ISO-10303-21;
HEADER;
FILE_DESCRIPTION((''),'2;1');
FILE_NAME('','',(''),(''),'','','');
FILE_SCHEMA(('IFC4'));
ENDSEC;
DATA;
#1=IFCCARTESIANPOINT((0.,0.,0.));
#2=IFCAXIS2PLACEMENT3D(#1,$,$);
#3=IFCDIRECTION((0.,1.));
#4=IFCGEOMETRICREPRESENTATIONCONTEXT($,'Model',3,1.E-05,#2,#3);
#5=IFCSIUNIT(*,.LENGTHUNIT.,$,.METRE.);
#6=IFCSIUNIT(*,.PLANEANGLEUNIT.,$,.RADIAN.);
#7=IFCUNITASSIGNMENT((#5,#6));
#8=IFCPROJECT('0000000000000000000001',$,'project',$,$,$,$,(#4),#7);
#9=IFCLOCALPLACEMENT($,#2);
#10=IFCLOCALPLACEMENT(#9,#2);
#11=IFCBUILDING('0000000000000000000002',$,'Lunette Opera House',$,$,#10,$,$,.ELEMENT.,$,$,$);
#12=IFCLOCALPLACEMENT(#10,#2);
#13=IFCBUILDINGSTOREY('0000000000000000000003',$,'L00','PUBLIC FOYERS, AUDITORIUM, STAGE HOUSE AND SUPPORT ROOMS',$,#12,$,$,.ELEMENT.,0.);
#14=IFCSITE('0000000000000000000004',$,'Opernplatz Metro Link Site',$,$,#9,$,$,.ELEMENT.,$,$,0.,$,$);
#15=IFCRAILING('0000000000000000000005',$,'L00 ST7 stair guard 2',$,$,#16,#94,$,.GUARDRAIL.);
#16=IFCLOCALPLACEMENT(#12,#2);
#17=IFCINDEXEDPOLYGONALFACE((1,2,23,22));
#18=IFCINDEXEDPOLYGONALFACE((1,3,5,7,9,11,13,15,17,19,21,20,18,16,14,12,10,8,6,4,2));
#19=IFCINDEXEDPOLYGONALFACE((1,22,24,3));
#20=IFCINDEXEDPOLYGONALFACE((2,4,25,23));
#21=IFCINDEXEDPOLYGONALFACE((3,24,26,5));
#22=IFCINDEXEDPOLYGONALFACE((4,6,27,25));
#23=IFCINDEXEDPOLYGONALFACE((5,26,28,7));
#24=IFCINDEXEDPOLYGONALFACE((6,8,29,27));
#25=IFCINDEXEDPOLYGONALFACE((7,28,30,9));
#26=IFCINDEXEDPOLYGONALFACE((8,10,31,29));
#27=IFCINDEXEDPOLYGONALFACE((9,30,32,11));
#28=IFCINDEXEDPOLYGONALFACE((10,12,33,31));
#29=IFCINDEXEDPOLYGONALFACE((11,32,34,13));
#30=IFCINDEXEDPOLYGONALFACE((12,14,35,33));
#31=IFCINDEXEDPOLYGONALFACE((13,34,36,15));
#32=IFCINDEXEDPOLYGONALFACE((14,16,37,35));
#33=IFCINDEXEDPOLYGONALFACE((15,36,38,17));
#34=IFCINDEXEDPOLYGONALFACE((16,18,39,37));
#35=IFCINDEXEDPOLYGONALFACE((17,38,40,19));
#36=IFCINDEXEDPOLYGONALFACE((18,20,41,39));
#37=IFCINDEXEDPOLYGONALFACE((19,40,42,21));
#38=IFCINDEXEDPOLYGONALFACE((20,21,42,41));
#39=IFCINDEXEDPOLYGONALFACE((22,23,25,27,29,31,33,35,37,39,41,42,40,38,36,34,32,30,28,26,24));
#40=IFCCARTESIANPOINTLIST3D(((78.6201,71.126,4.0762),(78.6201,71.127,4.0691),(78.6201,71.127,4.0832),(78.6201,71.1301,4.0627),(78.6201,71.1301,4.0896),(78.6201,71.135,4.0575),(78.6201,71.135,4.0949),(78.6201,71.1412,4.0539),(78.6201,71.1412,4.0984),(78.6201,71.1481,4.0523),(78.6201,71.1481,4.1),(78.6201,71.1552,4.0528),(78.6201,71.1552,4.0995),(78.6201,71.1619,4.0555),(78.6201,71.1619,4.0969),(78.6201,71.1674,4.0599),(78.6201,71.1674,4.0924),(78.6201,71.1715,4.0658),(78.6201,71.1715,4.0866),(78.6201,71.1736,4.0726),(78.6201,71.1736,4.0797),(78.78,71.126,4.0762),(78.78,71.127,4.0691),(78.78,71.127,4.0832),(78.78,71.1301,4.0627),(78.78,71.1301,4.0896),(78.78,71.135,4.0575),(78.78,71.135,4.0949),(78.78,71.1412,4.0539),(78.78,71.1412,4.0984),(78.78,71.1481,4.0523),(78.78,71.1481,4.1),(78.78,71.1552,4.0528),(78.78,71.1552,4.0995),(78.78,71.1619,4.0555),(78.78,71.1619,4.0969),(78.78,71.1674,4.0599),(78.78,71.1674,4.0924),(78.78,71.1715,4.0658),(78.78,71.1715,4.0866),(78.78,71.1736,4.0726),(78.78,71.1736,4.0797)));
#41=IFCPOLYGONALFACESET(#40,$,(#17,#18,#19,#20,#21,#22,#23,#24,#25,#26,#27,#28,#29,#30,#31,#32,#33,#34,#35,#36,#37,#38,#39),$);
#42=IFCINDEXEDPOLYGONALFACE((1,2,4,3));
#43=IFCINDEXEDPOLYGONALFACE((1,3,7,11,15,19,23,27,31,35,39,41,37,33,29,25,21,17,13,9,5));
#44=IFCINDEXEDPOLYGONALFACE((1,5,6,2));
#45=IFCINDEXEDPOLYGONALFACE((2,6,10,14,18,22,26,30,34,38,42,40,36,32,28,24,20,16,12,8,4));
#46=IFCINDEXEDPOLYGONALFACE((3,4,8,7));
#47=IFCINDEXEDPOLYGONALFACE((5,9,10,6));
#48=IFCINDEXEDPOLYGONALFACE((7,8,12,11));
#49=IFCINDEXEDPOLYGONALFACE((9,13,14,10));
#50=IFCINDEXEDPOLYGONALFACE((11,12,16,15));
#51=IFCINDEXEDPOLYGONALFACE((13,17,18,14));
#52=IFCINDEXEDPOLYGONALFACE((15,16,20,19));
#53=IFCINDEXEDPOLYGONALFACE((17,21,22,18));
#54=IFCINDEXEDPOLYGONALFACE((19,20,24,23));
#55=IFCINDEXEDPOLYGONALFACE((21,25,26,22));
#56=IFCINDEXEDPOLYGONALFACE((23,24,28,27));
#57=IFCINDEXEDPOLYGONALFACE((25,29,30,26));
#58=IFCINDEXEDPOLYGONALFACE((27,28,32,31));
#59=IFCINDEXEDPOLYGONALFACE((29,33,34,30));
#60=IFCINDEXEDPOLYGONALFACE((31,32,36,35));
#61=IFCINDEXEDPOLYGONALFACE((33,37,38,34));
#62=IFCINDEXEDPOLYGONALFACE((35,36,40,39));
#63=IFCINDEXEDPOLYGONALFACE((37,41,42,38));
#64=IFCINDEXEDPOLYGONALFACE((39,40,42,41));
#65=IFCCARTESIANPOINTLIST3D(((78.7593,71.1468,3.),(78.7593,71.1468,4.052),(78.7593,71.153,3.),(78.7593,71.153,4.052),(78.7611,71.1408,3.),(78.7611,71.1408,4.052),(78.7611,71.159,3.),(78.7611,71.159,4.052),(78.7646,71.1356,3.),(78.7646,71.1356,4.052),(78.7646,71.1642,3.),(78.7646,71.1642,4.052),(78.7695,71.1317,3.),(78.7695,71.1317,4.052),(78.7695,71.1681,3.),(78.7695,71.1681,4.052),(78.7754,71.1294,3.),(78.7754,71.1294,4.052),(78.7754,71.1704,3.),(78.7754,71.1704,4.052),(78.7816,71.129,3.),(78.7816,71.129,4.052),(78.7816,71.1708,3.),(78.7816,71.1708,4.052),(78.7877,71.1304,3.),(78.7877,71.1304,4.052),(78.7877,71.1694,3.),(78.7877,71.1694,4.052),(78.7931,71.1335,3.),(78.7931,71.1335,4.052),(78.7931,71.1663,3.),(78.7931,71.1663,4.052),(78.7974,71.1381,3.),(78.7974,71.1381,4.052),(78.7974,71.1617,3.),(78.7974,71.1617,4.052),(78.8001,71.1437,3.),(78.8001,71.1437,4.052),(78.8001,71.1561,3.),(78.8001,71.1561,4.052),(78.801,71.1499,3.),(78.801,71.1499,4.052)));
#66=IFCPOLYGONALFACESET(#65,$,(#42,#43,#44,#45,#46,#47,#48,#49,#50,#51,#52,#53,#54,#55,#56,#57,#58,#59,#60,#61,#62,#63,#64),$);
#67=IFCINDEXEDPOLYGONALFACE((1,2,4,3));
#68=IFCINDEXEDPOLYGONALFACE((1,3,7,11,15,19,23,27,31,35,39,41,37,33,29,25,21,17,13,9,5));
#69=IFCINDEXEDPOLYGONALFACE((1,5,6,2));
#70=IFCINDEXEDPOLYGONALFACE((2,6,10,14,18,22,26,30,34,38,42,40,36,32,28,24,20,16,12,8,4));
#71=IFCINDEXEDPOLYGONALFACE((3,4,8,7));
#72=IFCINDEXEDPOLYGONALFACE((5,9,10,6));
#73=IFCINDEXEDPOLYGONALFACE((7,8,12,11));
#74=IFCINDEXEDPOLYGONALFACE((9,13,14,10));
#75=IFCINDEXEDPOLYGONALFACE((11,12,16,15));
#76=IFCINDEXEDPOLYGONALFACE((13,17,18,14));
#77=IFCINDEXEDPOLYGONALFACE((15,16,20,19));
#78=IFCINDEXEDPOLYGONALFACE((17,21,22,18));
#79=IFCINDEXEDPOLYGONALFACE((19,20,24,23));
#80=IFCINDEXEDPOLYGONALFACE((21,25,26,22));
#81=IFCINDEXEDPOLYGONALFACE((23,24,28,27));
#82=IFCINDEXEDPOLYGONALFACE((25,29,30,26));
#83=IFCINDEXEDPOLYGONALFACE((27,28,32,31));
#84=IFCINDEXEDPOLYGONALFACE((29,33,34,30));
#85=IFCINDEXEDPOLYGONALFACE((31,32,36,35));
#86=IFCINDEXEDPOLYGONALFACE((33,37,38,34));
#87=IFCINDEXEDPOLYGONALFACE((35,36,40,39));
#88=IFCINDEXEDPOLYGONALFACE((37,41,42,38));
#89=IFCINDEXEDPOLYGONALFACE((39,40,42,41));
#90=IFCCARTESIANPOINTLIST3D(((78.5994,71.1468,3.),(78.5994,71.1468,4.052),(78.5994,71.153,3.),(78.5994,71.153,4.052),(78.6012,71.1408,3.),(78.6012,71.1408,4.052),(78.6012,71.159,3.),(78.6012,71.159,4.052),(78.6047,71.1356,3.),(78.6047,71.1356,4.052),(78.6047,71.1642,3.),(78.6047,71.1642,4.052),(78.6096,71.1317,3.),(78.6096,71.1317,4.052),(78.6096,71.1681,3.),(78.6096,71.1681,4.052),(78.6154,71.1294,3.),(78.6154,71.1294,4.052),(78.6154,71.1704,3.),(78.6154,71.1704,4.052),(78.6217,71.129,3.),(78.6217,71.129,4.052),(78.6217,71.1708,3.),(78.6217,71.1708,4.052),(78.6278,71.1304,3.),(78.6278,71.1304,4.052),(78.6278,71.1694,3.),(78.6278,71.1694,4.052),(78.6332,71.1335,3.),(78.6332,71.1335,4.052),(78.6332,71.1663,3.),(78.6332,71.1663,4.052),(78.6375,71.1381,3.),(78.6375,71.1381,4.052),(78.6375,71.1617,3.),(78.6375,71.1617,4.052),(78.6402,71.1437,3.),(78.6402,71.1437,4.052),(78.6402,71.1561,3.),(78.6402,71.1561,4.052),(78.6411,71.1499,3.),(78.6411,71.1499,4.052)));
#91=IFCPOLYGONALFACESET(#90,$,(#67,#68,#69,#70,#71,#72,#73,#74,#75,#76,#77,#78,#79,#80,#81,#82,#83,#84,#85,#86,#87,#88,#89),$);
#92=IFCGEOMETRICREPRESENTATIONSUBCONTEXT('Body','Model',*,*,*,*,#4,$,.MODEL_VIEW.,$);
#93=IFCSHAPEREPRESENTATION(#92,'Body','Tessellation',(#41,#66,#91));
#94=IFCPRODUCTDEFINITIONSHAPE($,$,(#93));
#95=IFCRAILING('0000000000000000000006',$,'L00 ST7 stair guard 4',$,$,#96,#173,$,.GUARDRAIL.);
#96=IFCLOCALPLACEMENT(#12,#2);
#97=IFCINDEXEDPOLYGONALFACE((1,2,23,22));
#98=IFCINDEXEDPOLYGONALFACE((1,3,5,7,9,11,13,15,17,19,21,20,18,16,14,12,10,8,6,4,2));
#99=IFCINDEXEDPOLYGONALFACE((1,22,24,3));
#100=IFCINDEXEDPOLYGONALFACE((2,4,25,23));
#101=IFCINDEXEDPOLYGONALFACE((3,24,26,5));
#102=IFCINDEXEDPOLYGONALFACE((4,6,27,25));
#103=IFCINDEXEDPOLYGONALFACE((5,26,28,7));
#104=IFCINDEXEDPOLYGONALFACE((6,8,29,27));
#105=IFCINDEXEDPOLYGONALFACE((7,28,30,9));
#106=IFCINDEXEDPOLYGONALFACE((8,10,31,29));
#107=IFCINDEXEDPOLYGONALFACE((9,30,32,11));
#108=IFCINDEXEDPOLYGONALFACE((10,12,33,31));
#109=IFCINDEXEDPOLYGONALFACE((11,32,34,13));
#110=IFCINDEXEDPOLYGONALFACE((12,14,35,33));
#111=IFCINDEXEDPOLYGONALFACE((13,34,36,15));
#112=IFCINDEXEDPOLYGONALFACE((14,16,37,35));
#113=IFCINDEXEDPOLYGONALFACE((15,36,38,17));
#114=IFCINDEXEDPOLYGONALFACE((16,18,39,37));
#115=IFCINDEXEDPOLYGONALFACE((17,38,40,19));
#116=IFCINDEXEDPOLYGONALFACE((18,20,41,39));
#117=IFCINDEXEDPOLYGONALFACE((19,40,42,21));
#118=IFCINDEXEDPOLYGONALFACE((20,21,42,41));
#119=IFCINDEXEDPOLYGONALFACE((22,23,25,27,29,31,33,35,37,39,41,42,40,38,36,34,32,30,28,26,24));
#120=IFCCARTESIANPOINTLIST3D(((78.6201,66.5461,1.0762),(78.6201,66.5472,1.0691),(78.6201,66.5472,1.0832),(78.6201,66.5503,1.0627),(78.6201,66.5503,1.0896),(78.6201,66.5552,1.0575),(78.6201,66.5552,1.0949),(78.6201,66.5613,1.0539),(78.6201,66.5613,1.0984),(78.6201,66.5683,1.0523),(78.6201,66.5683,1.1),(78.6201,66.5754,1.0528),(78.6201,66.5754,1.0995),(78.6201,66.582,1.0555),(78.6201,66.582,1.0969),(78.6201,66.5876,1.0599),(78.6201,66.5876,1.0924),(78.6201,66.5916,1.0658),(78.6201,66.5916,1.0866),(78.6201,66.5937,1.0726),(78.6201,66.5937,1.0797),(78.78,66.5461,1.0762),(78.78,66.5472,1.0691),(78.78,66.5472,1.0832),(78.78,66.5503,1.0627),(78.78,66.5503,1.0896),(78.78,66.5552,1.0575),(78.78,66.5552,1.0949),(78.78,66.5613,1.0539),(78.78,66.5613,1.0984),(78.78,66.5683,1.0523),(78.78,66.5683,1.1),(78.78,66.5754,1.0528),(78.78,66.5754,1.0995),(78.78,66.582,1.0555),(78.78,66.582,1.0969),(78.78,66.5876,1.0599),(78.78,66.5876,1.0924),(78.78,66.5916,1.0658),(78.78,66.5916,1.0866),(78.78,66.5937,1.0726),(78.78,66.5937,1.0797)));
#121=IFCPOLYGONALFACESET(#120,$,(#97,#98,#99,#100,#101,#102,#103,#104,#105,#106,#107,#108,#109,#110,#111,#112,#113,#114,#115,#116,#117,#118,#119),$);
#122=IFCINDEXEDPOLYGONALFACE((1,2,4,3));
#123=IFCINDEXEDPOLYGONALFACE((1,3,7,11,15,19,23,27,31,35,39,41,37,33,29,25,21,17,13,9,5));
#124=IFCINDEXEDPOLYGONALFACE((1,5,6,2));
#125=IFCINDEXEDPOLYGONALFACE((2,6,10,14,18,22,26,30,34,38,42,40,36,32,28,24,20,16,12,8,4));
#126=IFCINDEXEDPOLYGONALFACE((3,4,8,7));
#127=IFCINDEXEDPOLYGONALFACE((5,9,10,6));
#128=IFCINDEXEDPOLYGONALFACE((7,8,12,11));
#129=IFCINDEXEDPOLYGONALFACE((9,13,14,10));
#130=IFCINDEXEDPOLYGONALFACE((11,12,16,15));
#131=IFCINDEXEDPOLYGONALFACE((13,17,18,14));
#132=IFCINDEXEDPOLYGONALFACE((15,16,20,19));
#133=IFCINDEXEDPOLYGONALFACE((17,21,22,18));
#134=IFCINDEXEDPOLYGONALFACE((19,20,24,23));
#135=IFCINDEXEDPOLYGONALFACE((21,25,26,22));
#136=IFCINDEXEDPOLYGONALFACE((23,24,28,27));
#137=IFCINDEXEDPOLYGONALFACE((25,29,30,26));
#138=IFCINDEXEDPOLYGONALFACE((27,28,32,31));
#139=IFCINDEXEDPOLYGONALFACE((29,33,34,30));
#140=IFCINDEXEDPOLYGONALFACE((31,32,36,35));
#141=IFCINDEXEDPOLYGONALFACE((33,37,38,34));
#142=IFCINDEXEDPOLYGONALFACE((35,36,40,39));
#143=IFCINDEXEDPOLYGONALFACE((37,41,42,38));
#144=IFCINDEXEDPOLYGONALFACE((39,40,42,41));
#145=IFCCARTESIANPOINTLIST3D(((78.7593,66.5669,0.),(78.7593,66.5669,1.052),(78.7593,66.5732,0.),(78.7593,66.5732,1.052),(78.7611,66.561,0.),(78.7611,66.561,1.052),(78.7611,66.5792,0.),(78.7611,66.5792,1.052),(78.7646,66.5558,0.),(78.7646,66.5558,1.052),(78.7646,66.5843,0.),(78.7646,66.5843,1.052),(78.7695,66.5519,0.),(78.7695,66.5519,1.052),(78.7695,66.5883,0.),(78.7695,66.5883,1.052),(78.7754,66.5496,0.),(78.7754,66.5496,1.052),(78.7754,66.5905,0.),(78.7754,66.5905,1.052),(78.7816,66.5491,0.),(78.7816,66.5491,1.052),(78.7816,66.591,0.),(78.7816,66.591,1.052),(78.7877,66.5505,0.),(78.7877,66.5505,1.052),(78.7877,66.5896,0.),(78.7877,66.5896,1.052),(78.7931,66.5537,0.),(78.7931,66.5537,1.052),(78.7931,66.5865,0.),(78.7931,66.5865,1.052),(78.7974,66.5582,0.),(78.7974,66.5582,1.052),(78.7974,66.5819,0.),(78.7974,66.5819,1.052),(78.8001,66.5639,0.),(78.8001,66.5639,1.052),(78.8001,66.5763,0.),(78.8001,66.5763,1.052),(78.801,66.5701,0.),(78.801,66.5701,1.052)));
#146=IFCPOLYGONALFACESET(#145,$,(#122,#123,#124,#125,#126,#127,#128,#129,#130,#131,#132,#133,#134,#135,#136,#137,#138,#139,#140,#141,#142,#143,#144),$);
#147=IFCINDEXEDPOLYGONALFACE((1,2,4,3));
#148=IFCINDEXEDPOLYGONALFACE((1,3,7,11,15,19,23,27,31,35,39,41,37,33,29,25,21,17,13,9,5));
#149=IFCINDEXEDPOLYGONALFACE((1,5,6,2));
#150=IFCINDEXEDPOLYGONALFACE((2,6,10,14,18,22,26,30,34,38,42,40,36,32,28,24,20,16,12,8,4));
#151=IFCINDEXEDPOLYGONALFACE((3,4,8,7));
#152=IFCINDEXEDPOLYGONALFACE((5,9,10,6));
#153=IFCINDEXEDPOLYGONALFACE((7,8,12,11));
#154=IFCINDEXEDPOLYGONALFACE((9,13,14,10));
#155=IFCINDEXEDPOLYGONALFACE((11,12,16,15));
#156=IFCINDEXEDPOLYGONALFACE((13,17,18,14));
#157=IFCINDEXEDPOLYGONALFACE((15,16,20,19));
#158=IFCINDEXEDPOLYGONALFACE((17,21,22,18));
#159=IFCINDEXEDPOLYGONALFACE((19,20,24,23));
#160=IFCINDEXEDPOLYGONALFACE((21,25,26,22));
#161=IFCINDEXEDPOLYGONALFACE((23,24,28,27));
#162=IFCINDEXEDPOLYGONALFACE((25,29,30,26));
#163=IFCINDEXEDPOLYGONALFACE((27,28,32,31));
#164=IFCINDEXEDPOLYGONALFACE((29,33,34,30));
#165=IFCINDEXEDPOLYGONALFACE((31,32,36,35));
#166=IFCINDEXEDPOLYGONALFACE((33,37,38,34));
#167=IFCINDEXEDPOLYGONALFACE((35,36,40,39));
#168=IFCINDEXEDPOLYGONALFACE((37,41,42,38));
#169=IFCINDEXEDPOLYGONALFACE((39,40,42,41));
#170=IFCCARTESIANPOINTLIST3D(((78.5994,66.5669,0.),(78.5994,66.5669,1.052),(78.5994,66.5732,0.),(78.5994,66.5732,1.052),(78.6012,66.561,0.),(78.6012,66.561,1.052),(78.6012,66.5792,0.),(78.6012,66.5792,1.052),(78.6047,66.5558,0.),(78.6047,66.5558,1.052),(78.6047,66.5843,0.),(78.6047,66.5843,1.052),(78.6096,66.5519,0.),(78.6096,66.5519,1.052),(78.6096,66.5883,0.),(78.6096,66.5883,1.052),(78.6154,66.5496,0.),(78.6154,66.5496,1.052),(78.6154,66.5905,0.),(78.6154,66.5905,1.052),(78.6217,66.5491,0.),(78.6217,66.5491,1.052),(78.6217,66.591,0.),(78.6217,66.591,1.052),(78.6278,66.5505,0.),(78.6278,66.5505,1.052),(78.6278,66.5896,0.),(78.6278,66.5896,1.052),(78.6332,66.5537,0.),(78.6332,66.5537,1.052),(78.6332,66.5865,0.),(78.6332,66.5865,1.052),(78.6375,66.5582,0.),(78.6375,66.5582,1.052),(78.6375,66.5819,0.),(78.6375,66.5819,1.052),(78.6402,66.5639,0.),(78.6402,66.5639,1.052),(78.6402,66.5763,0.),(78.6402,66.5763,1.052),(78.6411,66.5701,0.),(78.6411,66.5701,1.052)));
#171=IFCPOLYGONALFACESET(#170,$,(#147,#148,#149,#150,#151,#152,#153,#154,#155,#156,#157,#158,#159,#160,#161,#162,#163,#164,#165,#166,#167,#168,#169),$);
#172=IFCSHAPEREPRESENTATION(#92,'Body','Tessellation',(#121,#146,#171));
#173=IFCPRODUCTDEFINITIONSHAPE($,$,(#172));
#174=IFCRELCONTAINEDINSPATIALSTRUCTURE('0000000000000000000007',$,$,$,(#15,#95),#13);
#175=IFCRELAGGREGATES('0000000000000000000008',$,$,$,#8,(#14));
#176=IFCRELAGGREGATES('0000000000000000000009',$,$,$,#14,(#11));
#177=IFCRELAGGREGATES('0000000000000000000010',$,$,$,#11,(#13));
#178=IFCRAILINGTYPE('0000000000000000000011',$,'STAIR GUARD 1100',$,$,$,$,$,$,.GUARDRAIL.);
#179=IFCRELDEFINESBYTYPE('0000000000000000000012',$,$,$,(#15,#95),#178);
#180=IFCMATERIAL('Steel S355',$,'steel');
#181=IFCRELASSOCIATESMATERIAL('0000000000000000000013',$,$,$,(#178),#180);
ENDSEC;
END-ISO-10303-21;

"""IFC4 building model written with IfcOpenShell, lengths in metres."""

from ifc_helpers import new_model, si_unit, direction, frame, origin, origin_2d, place, context, subcontext, project, spatial, circle, extrude, material, type_object, element, save


model = new_model("IFC4")

# Units and contexts
model_context = context("Model", 3, precision=1e-05, world=origin(), true_north=direction((0.0, 1.0)))
body_context = subcontext(model_context, "Body", "Model", "MODEL_VIEW")
ifc_project = project(units=[si_unit("LENGTHUNIT", "METRE"), si_unit("PLANEANGLEUNIT", "RADIAN")], contexts=[model_context])

# Site, building, storey
site_placement = place(None, origin())
site = spatial("IfcSite", under=ifc_project, at=site_placement, Name="Opernplatz Metro Link Site", CompositionType="ELEMENT", RefElevation=0.0)
building_placement = place(site_placement, origin())
building = spatial("IfcBuilding", under=site, at=building_placement, Name="Lunette Opera House", CompositionType="ELEMENT")
storey_placement = place(building_placement, origin())
storey = spatial("IfcBuildingStorey", under=building, at=storey_placement, Name="L00", Description="PUBLIC FOYERS, AUDITORIUM, STAGE HOUSE AND SUPPORT ROOMS", CompositionType="ELEMENT", Elevation=0.0)

# Railings
ifc_material_1 = material(Name="Steel S355", Category="steel")
railing_type_1 = type_object("IfcRailingType", Name="STAIR GUARD 1100", PredefinedType="GUARDRAIL", material=ifc_material_1)
for number, where, name in (
    (1, (78.78, 71.1499, 3.0), "L00 ST7 stair guard 2"),
    (2, (78.78, 66.5701, 0.0), "L00 ST7 stair guard 4"),
):
    element("IfcRailing", number, at=place(storey_placement, frame(where)), inside=storey, type_object=railing_type_1, Name=name, PredefinedType="GUARDRAIL", context=body_context, shape_type="SweptSolid", body=[
        extrude(circle(Radius=0.0239, at=origin_2d()), frame((0.0, 0.0, 1.0762), z_axis=(-1.0, 0.0, 0.0), x_axis=(0.0, -1.0, 0.0)), (0.0, 0.0, 1.0), 0.1599),
        extrude(circle(Radius=0.021, at=origin_2d()), origin(), (0.0, 0.0, 1.0), 1.052),
        extrude(circle(Radius=0.021, at=origin_2d()), frame((-0.1599, 0.0, 0.0)), (0.0, 0.0, 1.0), 1.052),
    ])

save(model, "model.ifc")
